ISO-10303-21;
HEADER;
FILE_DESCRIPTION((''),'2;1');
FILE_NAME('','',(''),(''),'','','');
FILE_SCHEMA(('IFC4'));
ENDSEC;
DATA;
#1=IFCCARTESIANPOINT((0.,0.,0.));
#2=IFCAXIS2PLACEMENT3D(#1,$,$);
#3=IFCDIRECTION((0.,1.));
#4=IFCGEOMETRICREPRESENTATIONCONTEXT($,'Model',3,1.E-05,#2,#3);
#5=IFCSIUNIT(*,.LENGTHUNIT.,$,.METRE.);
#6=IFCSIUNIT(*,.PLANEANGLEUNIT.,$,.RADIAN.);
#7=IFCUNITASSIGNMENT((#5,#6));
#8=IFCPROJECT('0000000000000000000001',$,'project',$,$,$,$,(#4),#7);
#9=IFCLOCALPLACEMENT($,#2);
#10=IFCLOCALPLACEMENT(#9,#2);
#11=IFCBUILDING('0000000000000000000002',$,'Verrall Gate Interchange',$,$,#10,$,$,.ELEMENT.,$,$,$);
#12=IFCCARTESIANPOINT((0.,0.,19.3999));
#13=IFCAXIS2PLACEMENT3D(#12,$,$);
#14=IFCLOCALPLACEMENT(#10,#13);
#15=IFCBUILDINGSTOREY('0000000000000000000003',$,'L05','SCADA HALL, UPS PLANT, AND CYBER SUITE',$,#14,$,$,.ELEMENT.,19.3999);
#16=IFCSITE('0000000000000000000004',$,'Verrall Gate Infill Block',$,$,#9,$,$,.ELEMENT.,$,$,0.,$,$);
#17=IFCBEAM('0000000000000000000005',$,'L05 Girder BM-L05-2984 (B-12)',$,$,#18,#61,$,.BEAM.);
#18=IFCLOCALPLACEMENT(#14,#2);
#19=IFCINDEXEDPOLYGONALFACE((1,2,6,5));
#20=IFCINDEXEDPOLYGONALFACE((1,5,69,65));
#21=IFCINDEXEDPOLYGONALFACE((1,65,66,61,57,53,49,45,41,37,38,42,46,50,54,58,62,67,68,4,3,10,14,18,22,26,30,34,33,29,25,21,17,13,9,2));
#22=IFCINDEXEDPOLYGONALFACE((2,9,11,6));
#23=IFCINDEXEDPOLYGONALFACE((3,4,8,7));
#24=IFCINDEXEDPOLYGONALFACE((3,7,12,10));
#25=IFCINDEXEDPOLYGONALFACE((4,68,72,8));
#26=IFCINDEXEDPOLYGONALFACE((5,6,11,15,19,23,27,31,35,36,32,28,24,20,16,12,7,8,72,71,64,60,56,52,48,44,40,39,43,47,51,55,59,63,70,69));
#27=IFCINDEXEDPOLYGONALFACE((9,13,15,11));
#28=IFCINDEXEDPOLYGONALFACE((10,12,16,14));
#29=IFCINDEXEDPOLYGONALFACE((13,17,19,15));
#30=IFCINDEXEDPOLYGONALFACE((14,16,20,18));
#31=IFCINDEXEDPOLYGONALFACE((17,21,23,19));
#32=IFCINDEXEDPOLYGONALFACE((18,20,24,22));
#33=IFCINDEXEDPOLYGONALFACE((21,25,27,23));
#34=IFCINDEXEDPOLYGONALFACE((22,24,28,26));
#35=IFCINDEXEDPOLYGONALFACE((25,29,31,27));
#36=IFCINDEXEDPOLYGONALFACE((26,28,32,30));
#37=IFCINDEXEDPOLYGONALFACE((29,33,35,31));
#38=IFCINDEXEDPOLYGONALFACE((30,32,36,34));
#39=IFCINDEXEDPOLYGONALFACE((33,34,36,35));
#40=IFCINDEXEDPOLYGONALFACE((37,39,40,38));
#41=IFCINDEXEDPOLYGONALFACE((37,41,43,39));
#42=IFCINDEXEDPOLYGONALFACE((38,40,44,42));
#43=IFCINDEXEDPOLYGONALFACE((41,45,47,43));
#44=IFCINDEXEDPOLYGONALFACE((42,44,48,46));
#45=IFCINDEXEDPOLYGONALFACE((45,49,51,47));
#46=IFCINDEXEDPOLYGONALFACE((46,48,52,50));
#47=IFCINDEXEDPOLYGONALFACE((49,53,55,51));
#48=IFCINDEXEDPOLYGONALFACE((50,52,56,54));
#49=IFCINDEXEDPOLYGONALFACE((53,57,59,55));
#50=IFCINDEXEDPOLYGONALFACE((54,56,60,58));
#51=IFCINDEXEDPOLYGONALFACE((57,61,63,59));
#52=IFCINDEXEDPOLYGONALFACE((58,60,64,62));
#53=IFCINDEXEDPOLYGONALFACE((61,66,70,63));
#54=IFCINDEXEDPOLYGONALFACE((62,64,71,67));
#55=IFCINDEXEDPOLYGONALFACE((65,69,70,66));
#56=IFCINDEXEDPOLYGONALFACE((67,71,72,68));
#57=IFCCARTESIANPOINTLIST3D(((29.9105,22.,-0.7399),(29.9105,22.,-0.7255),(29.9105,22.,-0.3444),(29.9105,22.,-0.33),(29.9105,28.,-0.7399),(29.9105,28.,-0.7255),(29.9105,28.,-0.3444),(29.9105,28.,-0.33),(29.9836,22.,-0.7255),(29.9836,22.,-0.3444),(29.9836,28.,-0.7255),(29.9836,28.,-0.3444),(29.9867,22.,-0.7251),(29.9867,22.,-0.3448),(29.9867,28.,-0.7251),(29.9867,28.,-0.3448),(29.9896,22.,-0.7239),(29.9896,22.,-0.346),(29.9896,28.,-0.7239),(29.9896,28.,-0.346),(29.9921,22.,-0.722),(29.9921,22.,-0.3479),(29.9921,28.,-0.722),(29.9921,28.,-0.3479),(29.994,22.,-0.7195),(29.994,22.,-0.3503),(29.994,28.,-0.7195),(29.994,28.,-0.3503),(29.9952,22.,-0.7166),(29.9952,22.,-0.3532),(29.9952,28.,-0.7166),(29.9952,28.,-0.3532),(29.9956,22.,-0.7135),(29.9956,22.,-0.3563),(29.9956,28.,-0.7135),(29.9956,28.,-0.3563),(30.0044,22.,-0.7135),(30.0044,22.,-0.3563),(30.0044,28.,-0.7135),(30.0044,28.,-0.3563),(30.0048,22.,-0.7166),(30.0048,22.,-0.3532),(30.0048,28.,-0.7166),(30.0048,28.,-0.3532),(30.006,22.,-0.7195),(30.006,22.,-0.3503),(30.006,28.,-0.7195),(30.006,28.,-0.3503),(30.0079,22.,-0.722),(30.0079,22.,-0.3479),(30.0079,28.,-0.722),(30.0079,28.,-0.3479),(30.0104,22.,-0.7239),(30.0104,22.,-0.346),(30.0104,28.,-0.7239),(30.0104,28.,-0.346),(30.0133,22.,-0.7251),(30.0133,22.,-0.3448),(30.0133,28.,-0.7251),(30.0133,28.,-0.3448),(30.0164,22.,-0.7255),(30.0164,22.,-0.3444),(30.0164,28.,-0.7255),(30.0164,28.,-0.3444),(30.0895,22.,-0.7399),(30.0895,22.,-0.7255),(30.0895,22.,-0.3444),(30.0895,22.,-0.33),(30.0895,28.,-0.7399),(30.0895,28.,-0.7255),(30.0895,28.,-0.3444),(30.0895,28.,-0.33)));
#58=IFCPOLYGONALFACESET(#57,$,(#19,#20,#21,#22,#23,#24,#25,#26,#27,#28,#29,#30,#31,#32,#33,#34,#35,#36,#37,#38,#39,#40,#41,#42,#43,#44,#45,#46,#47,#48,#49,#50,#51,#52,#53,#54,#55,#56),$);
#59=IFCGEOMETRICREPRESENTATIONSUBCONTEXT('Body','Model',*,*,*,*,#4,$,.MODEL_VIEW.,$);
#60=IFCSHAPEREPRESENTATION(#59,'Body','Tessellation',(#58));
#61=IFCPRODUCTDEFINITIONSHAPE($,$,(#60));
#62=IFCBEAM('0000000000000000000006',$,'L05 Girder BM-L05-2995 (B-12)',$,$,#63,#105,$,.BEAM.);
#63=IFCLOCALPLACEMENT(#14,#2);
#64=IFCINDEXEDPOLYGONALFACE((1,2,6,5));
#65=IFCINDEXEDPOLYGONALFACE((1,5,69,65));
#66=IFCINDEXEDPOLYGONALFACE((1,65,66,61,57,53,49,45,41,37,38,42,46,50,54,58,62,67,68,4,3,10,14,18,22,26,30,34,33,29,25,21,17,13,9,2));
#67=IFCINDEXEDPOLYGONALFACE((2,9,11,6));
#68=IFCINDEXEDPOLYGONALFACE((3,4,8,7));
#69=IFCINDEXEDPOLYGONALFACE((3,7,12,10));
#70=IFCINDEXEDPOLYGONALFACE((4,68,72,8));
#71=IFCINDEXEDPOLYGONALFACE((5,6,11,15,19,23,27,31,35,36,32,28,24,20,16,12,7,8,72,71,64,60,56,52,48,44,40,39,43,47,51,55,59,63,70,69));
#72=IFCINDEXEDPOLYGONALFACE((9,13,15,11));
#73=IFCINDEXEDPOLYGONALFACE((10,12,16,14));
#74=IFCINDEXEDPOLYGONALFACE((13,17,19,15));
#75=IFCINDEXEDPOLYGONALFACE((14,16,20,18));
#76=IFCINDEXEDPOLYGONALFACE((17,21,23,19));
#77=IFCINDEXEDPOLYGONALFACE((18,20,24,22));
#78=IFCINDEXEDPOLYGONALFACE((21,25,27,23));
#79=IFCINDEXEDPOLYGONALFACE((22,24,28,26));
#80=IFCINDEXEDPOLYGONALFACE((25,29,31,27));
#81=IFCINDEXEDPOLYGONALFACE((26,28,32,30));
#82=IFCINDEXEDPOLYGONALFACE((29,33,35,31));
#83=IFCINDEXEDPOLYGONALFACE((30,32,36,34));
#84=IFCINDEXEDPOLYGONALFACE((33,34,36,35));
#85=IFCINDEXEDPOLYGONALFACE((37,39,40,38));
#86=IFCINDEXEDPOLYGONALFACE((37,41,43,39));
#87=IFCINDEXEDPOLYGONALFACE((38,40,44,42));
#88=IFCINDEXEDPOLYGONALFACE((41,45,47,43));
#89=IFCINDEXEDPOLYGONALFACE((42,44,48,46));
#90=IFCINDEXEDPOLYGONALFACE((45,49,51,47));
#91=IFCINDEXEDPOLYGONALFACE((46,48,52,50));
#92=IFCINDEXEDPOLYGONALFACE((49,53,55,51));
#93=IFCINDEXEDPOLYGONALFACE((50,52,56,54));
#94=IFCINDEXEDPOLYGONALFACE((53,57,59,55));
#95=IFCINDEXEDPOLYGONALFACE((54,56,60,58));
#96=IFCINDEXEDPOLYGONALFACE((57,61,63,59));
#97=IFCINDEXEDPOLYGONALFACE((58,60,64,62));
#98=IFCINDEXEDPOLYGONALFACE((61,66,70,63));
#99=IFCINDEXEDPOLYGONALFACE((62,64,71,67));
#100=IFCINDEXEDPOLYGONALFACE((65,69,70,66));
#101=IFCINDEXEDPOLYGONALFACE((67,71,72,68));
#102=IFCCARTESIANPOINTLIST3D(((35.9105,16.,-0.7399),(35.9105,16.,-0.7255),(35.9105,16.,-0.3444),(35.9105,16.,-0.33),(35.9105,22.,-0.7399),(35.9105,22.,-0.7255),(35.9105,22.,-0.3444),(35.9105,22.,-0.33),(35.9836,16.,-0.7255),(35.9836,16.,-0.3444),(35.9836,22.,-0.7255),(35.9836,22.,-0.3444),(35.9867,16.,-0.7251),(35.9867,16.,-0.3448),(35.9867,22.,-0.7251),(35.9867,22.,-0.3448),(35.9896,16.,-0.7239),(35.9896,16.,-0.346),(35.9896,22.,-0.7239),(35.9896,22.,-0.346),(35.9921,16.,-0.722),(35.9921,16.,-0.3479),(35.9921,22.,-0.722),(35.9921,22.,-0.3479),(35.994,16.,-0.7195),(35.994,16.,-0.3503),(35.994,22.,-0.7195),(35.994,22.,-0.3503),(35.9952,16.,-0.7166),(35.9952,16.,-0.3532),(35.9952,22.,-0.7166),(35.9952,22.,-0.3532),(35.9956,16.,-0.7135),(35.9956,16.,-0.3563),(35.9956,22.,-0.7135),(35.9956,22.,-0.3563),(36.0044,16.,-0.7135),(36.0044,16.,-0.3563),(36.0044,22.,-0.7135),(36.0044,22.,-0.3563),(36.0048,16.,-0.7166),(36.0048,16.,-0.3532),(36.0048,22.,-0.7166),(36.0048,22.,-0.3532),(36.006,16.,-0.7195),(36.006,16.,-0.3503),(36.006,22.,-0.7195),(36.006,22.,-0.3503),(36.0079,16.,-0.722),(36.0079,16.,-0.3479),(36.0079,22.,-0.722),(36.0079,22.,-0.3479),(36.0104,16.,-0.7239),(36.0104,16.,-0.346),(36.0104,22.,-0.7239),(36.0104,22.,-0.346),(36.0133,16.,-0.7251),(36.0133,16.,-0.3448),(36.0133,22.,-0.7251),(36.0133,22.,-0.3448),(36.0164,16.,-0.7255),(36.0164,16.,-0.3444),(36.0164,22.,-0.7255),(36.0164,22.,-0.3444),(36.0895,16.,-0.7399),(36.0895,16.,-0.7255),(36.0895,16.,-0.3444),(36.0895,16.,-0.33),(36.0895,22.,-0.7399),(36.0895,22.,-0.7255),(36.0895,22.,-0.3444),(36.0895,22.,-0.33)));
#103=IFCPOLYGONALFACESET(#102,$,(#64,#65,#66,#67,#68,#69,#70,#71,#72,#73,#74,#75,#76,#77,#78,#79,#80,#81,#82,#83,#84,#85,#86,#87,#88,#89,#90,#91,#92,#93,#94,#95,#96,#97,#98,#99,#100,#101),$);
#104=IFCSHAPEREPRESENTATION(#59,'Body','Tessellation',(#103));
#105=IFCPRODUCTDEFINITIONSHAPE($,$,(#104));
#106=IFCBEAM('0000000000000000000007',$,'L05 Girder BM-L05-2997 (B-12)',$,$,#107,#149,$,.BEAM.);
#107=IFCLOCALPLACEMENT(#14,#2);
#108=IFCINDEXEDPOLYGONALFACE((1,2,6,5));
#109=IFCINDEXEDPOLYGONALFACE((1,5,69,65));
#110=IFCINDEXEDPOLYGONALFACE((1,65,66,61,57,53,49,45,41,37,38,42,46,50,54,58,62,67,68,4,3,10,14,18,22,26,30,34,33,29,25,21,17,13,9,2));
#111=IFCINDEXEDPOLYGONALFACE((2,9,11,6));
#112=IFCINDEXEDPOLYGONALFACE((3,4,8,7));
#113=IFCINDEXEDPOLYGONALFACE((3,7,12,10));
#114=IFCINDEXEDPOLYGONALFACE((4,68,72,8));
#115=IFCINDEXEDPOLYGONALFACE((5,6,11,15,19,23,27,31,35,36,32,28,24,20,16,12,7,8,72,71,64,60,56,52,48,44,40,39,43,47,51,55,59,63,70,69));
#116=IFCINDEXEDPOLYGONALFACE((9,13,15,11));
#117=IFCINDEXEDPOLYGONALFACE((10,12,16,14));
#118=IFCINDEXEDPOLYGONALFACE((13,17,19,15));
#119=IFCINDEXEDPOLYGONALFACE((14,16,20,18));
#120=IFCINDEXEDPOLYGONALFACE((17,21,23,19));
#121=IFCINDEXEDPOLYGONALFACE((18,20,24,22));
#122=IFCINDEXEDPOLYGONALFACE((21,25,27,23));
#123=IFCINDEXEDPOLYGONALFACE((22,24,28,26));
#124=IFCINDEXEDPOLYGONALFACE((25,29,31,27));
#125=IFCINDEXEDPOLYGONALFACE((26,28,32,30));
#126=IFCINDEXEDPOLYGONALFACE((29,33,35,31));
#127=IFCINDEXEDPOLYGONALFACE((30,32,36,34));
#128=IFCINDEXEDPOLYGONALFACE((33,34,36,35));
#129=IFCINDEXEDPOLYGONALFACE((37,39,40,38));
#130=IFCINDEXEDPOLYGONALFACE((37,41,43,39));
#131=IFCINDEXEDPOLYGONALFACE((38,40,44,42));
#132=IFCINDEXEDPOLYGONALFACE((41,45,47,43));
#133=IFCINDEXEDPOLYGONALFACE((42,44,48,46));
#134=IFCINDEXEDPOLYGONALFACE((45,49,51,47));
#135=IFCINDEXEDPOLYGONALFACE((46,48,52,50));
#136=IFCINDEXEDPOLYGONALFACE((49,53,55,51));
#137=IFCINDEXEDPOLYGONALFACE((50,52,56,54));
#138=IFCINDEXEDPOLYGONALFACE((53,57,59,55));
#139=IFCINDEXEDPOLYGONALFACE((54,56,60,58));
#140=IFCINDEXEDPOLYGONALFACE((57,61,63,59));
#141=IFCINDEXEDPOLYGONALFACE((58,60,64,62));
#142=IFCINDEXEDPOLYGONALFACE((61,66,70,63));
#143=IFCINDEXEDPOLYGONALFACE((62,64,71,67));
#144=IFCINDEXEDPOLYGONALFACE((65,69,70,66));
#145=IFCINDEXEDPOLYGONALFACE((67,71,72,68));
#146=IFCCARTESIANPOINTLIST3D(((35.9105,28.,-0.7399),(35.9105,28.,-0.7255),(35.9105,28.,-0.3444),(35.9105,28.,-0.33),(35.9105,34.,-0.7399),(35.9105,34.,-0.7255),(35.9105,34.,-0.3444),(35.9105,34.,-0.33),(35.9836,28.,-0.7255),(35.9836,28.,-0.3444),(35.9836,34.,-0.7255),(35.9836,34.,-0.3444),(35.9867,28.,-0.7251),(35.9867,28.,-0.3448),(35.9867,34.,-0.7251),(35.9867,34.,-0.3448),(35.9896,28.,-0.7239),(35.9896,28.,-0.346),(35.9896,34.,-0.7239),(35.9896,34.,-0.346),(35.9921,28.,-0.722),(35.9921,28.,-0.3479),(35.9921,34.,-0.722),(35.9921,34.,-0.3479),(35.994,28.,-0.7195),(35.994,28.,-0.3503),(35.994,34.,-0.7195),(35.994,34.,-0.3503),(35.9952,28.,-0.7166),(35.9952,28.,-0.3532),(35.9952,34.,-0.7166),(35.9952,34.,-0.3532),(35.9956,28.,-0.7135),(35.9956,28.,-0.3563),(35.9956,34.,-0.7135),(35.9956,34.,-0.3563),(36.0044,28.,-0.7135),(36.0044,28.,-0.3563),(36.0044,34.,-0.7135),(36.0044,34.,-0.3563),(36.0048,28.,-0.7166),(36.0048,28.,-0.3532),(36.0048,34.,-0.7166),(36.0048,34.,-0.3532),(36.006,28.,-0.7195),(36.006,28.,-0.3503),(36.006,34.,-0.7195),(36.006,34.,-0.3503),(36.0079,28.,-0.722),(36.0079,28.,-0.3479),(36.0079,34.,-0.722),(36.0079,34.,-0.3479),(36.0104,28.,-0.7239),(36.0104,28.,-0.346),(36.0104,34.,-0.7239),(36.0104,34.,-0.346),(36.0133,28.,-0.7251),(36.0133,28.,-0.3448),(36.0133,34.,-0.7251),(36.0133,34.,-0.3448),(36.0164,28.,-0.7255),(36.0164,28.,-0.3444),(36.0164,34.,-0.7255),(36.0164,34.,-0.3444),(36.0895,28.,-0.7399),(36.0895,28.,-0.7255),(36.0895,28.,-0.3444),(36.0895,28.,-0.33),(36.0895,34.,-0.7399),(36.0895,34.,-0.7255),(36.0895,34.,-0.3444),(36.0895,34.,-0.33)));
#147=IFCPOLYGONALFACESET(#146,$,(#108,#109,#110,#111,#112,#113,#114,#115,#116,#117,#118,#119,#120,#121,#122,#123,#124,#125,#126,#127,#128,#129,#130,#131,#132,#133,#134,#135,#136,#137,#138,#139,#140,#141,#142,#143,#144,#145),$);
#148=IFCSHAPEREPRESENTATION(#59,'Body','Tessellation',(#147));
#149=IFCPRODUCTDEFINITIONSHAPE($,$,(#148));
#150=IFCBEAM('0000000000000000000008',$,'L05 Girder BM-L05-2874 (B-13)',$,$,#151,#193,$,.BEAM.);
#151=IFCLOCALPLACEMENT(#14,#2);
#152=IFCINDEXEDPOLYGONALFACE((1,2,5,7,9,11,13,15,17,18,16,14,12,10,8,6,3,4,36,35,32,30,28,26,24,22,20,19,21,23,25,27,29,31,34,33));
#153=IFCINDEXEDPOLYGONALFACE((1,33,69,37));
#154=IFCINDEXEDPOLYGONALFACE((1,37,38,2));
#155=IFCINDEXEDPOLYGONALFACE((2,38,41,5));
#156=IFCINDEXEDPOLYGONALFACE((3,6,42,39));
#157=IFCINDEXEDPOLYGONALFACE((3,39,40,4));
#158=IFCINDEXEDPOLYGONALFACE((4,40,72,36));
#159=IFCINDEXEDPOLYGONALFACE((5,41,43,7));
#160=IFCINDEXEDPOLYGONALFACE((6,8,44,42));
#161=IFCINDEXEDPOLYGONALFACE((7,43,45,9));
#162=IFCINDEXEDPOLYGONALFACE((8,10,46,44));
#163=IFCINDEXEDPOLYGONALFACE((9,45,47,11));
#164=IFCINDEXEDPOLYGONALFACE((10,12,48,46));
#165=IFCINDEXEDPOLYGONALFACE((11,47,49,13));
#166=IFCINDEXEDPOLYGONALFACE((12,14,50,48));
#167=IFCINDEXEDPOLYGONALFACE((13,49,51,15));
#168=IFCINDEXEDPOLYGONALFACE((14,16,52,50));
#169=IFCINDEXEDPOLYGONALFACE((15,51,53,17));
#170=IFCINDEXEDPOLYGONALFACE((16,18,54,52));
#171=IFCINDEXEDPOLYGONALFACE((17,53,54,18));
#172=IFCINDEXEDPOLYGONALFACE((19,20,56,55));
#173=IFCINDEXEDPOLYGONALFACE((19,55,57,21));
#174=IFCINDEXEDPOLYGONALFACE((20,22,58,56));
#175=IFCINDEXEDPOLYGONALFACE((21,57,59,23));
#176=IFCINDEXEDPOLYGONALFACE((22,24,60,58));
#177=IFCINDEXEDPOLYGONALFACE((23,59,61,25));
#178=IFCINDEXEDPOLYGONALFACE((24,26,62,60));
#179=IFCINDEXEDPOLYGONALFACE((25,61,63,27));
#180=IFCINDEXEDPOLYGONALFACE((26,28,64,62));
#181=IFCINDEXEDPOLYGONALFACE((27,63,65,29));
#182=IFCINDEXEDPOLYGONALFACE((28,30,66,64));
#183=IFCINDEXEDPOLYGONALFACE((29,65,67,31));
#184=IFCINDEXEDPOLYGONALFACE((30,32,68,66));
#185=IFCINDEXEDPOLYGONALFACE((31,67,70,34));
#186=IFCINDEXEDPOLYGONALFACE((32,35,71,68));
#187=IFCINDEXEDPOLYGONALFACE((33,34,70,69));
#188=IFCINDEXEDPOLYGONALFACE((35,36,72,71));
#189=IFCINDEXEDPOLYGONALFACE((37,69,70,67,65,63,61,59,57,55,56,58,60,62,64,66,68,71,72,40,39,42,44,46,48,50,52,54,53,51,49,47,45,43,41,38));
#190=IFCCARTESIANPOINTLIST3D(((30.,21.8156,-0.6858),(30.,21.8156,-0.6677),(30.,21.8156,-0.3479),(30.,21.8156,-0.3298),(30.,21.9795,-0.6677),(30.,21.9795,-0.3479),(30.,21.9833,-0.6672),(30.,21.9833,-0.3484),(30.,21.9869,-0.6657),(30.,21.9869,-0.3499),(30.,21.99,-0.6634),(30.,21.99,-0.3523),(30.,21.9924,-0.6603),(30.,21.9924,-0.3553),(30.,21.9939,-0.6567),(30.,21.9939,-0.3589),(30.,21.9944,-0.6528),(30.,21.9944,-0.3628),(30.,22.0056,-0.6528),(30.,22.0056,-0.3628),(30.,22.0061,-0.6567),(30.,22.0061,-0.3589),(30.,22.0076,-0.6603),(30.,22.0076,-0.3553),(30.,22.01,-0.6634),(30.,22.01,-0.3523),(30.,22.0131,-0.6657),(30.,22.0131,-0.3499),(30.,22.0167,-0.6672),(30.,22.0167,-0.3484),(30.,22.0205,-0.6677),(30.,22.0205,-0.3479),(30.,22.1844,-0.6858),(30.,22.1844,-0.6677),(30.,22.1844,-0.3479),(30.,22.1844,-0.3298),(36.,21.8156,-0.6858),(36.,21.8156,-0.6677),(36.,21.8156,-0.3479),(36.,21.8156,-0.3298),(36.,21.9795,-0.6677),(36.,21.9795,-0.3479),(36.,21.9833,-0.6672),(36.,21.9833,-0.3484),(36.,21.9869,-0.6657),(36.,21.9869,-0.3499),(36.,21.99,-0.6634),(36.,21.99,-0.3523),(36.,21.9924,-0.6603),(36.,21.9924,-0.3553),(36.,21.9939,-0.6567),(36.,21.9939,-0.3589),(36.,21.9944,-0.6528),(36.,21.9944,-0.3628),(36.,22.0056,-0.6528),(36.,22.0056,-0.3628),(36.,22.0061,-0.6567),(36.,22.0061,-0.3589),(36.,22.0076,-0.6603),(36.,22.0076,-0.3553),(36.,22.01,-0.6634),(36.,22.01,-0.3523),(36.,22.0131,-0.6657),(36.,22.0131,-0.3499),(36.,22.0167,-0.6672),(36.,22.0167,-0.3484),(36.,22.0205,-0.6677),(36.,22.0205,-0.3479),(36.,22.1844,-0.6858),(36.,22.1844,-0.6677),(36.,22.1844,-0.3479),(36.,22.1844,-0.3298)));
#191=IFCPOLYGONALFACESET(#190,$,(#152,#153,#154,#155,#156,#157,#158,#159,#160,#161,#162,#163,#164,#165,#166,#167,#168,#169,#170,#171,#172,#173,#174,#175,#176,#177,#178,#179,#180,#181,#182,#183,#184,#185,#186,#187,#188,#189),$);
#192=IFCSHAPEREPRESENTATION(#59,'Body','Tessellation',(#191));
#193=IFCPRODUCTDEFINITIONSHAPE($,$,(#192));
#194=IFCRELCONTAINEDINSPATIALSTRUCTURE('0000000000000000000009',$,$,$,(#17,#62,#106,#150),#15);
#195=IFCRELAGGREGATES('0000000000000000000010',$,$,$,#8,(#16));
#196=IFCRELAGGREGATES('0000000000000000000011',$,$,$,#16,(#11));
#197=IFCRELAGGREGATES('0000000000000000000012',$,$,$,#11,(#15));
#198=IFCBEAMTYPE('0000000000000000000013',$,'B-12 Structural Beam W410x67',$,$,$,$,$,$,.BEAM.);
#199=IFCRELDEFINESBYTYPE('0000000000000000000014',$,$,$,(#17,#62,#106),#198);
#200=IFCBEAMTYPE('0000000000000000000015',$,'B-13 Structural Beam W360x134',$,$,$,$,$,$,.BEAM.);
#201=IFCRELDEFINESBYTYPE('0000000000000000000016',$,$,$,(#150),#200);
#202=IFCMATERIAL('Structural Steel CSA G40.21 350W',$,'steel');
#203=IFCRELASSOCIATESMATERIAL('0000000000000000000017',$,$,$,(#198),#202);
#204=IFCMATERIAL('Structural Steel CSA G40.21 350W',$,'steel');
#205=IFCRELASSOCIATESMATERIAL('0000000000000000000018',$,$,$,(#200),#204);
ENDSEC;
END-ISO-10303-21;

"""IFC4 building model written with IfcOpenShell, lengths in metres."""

from ifc_helpers import new_model, si_unit, direction, frame, origin, origin_2d, place, context, subcontext, project, spatial, i_section, extrude, material, material_profile, profile_set, type_object, element, save


model = new_model("IFC4")

# Units and contexts
model_context = context("Model", 3, precision=1e-05, world=origin(), true_north=direction((0.0, 1.0)))
body_context = subcontext(model_context, "Body", "Model", "MODEL_VIEW")
ifc_project = project(units=[si_unit("LENGTHUNIT", "METRE"), si_unit("PLANEANGLEUNIT", "RADIAN")], contexts=[model_context])

# Site, building, storey
site_placement = place(None, origin())
site = spatial("IfcSite", under=ifc_project, at=site_placement, Name="Verrall Gate Infill Block", CompositionType="ELEMENT", RefElevation=0.0)
building_placement = place(site_placement, origin())
building = spatial("IfcBuilding", under=site, at=building_placement, Name="Verrall Gate Interchange", CompositionType="ELEMENT")
storey_placement = place(building_placement, frame((0.0, 0.0, 19.3999)))
storey = spatial("IfcBuildingStorey", under=building, at=storey_placement, Name="L05", Description="SCADA HALL, UPS PLANT, AND CYBER SUITE", CompositionType="ELEMENT", Elevation=19.3999)

# Beams
ifc_material_1 = material(Name="Structural Steel CSA G40.21 350W", Category="steel")
ifc_material_profile_1 = material_profile(ifc_material_1, i_section(OverallWidth=0.179, OverallDepth=0.4099, WebThickness=0.0088, FlangeThickness=0.0144, FilletRadius=0.012, at=origin_2d()), Name="W410x67")
ifc_profile_set_1 = profile_set([ifc_material_profile_1], Name="Structural Steel CSA G40.21 350W")
beam_type_1 = type_object("IfcBeamType", Name="B-12 Structural Beam W410x67", PredefinedType="BEAM", material=ifc_profile_set_1)
for number, where, z_axis, x_axis, name in (
    (1, (30.0, 22.0, -0.5349), (0.0, 1.0, 0.0), (-1.0, 0.0, 0.0), "L05 Girder BM-L05-2984 (B-12)"),
    (2, (36.0, 16.0, -0.5349), (0.0, 1.0, 0.0), (-1.0, 0.0, 0.0), "L05 Girder BM-L05-2995 (B-12)"),
    (3, (36.0, 28.0, -0.5349), (0.0, 1.0, 0.0), (-1.0, 0.0, 0.0), "L05 Girder BM-L05-2997 (B-12)"),
):
    element("IfcBeam", number, at=place(storey_placement, frame(where, z_axis=z_axis, x_axis=x_axis)), inside=storey, type_object=beam_type_1, Name=name, PredefinedType="BEAM", context=body_context, shape_type="SweptSolid", body=[
        extrude(i_section(OverallWidth=0.179, OverallDepth=0.4099, WebThickness=0.0088, FlangeThickness=0.0144, FilletRadius=0.012, at=origin_2d()), origin(), (0.0, 0.0, 1.0), 6.0),
    ])
ifc_material_2 = material(Name="Structural Steel CSA G40.21 350W", Category="steel")
ifc_material_profile_2 = material_profile(ifc_material_2, i_section(OverallWidth=0.3689, OverallDepth=0.356, WebThickness=0.0112, FlangeThickness=0.0181, FilletRadius=0.0149, at=origin_2d()), Name="W360x134")
ifc_profile_set_2 = profile_set([ifc_material_profile_2], Name="Structural Steel CSA G40.21 350W")
beam_type_2 = type_object("IfcBeamType", Name="B-13 Structural Beam W360x134", PredefinedType="BEAM", material=ifc_profile_set_2)
beam_1_placement = place(storey_placement, frame((30.0, 22.0, -0.5078), z_axis=(1.0, 0.0, 0.0), x_axis=(0.0, 1.0, 0.0)))
element("IfcBeam", 4, at=beam_1_placement, inside=storey, type_object=beam_type_2, Name="L05 Girder BM-L05-2874 (B-13)", PredefinedType="BEAM", context=body_context, shape_type="SweptSolid", body=[
    extrude(i_section(OverallWidth=0.3689, OverallDepth=0.356, WebThickness=0.0112, FlangeThickness=0.0181, FilletRadius=0.0149, at=origin_2d()), origin(), (0.0, 0.0, 1.0), 6.0),
])

save(model, "model.ifc")
